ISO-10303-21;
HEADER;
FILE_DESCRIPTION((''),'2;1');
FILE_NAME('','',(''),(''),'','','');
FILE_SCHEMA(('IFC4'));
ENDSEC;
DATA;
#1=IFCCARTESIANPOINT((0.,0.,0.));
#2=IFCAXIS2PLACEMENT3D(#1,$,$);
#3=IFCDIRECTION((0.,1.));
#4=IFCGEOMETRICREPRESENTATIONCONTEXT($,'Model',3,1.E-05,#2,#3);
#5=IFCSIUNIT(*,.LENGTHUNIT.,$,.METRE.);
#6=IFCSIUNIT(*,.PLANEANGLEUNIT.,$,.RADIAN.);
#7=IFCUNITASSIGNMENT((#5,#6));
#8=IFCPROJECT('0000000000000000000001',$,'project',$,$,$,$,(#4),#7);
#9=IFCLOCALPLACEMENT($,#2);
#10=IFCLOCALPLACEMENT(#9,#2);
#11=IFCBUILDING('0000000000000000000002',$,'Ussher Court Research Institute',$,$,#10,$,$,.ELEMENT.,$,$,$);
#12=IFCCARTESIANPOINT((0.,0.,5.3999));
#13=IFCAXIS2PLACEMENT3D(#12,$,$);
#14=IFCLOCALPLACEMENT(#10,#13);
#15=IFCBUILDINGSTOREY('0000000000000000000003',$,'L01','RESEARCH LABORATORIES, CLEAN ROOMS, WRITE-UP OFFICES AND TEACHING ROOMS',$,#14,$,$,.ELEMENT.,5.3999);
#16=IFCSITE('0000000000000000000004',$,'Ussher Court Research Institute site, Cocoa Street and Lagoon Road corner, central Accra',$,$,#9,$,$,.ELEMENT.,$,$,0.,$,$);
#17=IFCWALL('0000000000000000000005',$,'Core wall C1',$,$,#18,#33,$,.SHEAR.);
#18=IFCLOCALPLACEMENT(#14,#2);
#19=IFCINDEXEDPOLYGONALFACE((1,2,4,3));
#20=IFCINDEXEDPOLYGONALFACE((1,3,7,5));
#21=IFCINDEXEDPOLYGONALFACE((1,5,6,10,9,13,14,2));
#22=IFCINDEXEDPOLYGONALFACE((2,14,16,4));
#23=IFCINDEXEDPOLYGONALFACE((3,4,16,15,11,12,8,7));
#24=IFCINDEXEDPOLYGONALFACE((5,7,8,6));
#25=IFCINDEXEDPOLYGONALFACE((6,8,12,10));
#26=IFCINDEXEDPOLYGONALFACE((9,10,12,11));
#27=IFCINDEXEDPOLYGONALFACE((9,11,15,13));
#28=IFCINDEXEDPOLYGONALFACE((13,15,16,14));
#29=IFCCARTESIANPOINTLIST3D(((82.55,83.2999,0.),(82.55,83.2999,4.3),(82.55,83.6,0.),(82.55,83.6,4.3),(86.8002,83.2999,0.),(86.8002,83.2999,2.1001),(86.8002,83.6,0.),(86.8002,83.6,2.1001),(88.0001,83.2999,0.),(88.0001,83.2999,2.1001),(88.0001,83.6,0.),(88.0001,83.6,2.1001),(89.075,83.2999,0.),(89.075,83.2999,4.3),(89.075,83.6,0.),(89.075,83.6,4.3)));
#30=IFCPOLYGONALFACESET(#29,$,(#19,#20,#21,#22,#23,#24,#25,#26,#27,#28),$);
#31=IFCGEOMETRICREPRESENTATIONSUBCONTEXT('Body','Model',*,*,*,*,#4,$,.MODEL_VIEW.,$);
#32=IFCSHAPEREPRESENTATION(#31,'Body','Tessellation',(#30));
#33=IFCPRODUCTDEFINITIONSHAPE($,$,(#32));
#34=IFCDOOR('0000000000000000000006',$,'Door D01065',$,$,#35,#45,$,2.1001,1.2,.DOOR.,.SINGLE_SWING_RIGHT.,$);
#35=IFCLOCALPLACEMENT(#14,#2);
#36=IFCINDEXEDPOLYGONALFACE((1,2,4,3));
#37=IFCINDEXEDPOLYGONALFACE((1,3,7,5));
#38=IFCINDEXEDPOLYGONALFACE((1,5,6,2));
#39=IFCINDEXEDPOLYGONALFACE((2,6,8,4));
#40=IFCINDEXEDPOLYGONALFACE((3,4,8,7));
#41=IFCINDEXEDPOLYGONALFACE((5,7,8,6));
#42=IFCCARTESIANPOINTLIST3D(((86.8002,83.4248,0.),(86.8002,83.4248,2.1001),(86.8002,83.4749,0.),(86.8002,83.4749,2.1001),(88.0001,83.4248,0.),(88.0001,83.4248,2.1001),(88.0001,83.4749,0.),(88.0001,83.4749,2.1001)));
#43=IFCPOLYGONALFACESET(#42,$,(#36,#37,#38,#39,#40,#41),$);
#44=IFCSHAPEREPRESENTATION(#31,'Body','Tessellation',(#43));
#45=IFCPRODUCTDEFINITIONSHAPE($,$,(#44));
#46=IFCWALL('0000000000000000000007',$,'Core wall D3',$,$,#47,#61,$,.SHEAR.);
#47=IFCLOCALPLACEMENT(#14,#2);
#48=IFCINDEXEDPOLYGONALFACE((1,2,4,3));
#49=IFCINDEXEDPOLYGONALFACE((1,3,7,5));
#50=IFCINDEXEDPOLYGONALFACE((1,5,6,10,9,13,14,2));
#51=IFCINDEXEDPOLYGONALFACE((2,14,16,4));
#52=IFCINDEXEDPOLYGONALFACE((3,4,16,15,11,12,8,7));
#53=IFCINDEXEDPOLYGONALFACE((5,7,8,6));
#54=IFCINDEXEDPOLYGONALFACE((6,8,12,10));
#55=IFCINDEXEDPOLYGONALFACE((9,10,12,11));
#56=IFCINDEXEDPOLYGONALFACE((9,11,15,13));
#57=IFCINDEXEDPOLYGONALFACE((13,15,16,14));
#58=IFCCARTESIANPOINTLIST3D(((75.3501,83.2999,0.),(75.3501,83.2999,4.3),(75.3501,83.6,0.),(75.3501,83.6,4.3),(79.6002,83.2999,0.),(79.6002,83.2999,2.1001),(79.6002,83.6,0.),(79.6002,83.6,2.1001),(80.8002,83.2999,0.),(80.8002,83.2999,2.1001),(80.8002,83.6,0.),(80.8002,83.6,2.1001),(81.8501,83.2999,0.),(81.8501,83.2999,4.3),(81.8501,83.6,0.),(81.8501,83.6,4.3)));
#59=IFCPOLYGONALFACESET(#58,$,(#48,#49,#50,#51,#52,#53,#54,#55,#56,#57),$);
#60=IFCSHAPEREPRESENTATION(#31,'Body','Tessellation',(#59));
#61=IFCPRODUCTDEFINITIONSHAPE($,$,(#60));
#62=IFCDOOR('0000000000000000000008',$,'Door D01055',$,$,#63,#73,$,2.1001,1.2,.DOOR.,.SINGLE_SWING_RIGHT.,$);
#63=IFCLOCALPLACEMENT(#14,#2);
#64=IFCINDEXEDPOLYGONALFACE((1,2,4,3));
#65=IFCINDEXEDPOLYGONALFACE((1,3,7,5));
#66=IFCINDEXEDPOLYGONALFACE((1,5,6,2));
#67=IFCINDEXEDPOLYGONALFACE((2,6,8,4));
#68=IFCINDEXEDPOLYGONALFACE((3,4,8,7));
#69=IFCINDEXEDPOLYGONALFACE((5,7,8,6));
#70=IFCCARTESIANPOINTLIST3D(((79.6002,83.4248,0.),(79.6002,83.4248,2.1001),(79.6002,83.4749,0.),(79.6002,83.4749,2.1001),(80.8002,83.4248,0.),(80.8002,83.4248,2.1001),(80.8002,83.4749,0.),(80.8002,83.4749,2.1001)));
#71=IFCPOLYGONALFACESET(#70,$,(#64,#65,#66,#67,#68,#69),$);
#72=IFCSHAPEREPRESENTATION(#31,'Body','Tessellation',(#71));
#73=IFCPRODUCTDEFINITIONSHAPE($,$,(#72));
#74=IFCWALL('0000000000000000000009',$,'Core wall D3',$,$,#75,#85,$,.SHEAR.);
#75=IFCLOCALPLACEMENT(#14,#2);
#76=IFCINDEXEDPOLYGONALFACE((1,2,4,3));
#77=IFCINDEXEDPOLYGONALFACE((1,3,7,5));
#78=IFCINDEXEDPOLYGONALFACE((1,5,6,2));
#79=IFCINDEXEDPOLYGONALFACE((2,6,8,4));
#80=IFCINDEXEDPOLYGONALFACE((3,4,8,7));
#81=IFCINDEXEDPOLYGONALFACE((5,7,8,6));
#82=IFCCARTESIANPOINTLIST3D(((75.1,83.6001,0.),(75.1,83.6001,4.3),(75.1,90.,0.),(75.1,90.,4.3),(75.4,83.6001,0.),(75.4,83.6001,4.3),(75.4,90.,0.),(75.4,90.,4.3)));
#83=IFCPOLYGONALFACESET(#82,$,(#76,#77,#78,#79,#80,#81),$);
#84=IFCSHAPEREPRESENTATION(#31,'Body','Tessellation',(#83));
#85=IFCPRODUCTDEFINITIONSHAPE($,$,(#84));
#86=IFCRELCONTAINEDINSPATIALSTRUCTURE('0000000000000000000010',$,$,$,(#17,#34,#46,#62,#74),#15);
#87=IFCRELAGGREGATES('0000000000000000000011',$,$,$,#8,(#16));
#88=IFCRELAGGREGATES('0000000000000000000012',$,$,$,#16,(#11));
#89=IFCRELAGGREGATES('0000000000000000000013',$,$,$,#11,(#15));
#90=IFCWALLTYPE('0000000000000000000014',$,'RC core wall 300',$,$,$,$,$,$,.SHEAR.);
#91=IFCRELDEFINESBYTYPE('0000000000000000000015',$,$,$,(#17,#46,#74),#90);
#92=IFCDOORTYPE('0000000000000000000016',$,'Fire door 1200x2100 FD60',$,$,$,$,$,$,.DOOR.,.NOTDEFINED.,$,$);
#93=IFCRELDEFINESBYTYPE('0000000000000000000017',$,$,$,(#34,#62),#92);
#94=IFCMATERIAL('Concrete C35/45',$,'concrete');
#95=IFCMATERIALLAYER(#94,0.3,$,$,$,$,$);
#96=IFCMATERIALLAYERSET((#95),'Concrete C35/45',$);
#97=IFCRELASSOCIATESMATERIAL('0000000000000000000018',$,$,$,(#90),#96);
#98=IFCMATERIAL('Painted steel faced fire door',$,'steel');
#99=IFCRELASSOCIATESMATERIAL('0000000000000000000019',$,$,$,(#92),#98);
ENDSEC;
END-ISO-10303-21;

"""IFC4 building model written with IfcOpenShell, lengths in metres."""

from ifc_helpers import new_model, si_unit, direction, frame, frame_2d, origin, place, context, subcontext, project, spatial, rectangle, extrude, material, layer, layer_set, type_object, element, fill, save


model = new_model("IFC4")

# Units and contexts
model_context = context("Model", 3, precision=1e-05, world=origin(), true_north=direction((0.0, 1.0)))
body_context = subcontext(model_context, "Body", "Model", "MODEL_VIEW")
ifc_project = project(units=[si_unit("LENGTHUNIT", "METRE"), si_unit("PLANEANGLEUNIT", "RADIAN")], contexts=[model_context])

# Site, building, storey
site_placement = place(None, origin())
site = spatial("IfcSite", under=ifc_project, at=site_placement, Name="Ussher Court Research Institute site, Cocoa Street and Lagoon Road corner, central Accra", CompositionType="ELEMENT", RefElevation=0.0)
building_placement = place(site_placement, origin())
building = spatial("IfcBuilding", under=site, at=building_placement, Name="Ussher Court Research Institute", CompositionType="ELEMENT")
storey_placement = place(building_placement, frame((0.0, 0.0, 5.3999)))
storey = spatial("IfcBuildingStorey", under=building, at=storey_placement, Name="L01", Description="RESEARCH LABORATORIES, CLEAN ROOMS, WRITE-UP OFFICES AND TEACHING ROOMS", CompositionType="ELEMENT", Elevation=5.3999)

# Walls, openings, doors
ifc_material_1 = material(Name="Concrete C35/45", Category="concrete")
ifc_layer_1 = layer(ifc_material_1, 0.3)
ifc_layer_set_1 = layer_set([ifc_layer_1], Name="Concrete C35/45")
wall_type_1 = type_object("IfcWallType", Name="RC core wall 300", PredefinedType="SHEAR", material=ifc_layer_set_1)
wall_1_placement = place(storey_placement, frame((82.55, 83.45, 0.0), z_axis=(0.0, 0.0, 1.0), x_axis=(1.0, 0.0, 0.0)))
wall_1 = element("IfcWall", 1, at=wall_1_placement, inside=storey, type_object=wall_type_1, Name="Core wall C1", PredefinedType="SHEAR", context=body_context, shape_type="SweptSolid", body=[
    extrude(rectangle(XDim=6.5249, YDim=0.3, at=frame_2d((3.2625, 0.0))), origin(), (0.0, 0.0, 1.0), 4.3),
])
opening_1_placement = place(wall_1_placement, frame((4.25, 0.0, 0.0)))
opening_1 = element("IfcOpeningElement", 2, at=opening_1_placement, cuts=wall_1, PredefinedType="OPENING", context=body_context, shape_type="SweptSolid", body=[
    extrude(rectangle(XDim=1.2, YDim=2.1001, at=frame_2d((0.6001, 1.05))), frame((0.0, 0.1602, 0.0), z_axis=(0.0, -1.0, 0.0), x_axis=(1.0, 0.0, 0.0)), (0.0, 0.0, 1.0), 0.3201),
])
ifc_material_2 = material(Name="Painted steel faced fire door", Category="steel")
door_type_1 = type_object("IfcDoorType", Name="Fire door 1200x2100 FD60", OperationType="NOTDEFINED", PredefinedType="DOOR", material=ifc_material_2)
door_1_placement = place(opening_1_placement, origin())
door_1 = element("IfcDoor", 3, at=door_1_placement, inside=storey, type_object=door_type_1, Name="Door D01065", OperationType="SINGLE_SWING_RIGHT", OverallHeight=2.1001, OverallWidth=1.2, PredefinedType="DOOR", context=body_context, shape_type="SweptSolid", body=[
    extrude(rectangle(XDim=1.2, YDim=2.1001, at=frame_2d((0.6001, 1.05))), frame((0.0, 0.0249, 0.0), z_axis=(0.0, -1.0, 0.0), x_axis=(1.0, 0.0, 0.0)), (0.0, 0.0, 1.0), 0.05),
])
fill(opening_1, door_1)
wall_2_placement = place(storey_placement, frame((75.3501, 83.45, 0.0), z_axis=(0.0, 0.0, 1.0), x_axis=(1.0, 0.0, 0.0)))
wall_2 = element("IfcWall", 4, at=wall_2_placement, inside=storey, type_object=wall_type_1, Name="Core wall D3", PredefinedType="SHEAR", context=body_context, shape_type="SweptSolid", body=[
    extrude(rectangle(XDim=6.5, YDim=0.3, at=frame_2d((3.25, 0.0))), origin(), (0.0, 0.0, 1.0), 4.3),
])
opening_2_placement = place(wall_2_placement, frame((4.25, 0.0, 0.0)))
opening_2 = element("IfcOpeningElement", 5, at=opening_2_placement, cuts=wall_2, PredefinedType="OPENING", context=body_context, shape_type="SweptSolid", body=[
    extrude(rectangle(XDim=1.2, YDim=2.1001, at=frame_2d((0.6001, 1.05))), frame((0.0, 0.1602, 0.0), z_axis=(0.0, -1.0, 0.0), x_axis=(1.0, 0.0, 0.0)), (0.0, 0.0, 1.0), 0.3201),
])
door_2_placement = place(opening_2_placement, origin())
door_2 = element("IfcDoor", 6, at=door_2_placement, inside=storey, type_object=door_type_1, Name="Door D01055", OperationType="SINGLE_SWING_RIGHT", OverallHeight=2.1001, OverallWidth=1.2, PredefinedType="DOOR", context=body_context, shape_type="SweptSolid", body=[
    extrude(rectangle(XDim=1.2, YDim=2.1001, at=frame_2d((0.6001, 1.05))), frame((0.0, 0.0249, 0.0), z_axis=(0.0, -1.0, 0.0), x_axis=(1.0, 0.0, 0.0)), (0.0, 0.0, 1.0), 0.05),
])
fill(opening_2, door_2)

# Wall
wall_3_placement = place(storey_placement, frame((75.25, 83.6001, 0.0), z_axis=(0.0, 0.0, 1.0), x_axis=(0.0, 1.0, 0.0)))
element("IfcWall", 7, at=wall_3_placement, inside=storey, type_object=wall_type_1, Name="Core wall D3", PredefinedType="SHEAR", context=body_context, shape_type="SweptSolid", body=[
    extrude(rectangle(XDim=6.3999, YDim=0.3, at=frame_2d((3.2, 0.0))), origin(), (0.0, 0.0, 1.0), 4.3),
])

save(model, "model.ifc")
